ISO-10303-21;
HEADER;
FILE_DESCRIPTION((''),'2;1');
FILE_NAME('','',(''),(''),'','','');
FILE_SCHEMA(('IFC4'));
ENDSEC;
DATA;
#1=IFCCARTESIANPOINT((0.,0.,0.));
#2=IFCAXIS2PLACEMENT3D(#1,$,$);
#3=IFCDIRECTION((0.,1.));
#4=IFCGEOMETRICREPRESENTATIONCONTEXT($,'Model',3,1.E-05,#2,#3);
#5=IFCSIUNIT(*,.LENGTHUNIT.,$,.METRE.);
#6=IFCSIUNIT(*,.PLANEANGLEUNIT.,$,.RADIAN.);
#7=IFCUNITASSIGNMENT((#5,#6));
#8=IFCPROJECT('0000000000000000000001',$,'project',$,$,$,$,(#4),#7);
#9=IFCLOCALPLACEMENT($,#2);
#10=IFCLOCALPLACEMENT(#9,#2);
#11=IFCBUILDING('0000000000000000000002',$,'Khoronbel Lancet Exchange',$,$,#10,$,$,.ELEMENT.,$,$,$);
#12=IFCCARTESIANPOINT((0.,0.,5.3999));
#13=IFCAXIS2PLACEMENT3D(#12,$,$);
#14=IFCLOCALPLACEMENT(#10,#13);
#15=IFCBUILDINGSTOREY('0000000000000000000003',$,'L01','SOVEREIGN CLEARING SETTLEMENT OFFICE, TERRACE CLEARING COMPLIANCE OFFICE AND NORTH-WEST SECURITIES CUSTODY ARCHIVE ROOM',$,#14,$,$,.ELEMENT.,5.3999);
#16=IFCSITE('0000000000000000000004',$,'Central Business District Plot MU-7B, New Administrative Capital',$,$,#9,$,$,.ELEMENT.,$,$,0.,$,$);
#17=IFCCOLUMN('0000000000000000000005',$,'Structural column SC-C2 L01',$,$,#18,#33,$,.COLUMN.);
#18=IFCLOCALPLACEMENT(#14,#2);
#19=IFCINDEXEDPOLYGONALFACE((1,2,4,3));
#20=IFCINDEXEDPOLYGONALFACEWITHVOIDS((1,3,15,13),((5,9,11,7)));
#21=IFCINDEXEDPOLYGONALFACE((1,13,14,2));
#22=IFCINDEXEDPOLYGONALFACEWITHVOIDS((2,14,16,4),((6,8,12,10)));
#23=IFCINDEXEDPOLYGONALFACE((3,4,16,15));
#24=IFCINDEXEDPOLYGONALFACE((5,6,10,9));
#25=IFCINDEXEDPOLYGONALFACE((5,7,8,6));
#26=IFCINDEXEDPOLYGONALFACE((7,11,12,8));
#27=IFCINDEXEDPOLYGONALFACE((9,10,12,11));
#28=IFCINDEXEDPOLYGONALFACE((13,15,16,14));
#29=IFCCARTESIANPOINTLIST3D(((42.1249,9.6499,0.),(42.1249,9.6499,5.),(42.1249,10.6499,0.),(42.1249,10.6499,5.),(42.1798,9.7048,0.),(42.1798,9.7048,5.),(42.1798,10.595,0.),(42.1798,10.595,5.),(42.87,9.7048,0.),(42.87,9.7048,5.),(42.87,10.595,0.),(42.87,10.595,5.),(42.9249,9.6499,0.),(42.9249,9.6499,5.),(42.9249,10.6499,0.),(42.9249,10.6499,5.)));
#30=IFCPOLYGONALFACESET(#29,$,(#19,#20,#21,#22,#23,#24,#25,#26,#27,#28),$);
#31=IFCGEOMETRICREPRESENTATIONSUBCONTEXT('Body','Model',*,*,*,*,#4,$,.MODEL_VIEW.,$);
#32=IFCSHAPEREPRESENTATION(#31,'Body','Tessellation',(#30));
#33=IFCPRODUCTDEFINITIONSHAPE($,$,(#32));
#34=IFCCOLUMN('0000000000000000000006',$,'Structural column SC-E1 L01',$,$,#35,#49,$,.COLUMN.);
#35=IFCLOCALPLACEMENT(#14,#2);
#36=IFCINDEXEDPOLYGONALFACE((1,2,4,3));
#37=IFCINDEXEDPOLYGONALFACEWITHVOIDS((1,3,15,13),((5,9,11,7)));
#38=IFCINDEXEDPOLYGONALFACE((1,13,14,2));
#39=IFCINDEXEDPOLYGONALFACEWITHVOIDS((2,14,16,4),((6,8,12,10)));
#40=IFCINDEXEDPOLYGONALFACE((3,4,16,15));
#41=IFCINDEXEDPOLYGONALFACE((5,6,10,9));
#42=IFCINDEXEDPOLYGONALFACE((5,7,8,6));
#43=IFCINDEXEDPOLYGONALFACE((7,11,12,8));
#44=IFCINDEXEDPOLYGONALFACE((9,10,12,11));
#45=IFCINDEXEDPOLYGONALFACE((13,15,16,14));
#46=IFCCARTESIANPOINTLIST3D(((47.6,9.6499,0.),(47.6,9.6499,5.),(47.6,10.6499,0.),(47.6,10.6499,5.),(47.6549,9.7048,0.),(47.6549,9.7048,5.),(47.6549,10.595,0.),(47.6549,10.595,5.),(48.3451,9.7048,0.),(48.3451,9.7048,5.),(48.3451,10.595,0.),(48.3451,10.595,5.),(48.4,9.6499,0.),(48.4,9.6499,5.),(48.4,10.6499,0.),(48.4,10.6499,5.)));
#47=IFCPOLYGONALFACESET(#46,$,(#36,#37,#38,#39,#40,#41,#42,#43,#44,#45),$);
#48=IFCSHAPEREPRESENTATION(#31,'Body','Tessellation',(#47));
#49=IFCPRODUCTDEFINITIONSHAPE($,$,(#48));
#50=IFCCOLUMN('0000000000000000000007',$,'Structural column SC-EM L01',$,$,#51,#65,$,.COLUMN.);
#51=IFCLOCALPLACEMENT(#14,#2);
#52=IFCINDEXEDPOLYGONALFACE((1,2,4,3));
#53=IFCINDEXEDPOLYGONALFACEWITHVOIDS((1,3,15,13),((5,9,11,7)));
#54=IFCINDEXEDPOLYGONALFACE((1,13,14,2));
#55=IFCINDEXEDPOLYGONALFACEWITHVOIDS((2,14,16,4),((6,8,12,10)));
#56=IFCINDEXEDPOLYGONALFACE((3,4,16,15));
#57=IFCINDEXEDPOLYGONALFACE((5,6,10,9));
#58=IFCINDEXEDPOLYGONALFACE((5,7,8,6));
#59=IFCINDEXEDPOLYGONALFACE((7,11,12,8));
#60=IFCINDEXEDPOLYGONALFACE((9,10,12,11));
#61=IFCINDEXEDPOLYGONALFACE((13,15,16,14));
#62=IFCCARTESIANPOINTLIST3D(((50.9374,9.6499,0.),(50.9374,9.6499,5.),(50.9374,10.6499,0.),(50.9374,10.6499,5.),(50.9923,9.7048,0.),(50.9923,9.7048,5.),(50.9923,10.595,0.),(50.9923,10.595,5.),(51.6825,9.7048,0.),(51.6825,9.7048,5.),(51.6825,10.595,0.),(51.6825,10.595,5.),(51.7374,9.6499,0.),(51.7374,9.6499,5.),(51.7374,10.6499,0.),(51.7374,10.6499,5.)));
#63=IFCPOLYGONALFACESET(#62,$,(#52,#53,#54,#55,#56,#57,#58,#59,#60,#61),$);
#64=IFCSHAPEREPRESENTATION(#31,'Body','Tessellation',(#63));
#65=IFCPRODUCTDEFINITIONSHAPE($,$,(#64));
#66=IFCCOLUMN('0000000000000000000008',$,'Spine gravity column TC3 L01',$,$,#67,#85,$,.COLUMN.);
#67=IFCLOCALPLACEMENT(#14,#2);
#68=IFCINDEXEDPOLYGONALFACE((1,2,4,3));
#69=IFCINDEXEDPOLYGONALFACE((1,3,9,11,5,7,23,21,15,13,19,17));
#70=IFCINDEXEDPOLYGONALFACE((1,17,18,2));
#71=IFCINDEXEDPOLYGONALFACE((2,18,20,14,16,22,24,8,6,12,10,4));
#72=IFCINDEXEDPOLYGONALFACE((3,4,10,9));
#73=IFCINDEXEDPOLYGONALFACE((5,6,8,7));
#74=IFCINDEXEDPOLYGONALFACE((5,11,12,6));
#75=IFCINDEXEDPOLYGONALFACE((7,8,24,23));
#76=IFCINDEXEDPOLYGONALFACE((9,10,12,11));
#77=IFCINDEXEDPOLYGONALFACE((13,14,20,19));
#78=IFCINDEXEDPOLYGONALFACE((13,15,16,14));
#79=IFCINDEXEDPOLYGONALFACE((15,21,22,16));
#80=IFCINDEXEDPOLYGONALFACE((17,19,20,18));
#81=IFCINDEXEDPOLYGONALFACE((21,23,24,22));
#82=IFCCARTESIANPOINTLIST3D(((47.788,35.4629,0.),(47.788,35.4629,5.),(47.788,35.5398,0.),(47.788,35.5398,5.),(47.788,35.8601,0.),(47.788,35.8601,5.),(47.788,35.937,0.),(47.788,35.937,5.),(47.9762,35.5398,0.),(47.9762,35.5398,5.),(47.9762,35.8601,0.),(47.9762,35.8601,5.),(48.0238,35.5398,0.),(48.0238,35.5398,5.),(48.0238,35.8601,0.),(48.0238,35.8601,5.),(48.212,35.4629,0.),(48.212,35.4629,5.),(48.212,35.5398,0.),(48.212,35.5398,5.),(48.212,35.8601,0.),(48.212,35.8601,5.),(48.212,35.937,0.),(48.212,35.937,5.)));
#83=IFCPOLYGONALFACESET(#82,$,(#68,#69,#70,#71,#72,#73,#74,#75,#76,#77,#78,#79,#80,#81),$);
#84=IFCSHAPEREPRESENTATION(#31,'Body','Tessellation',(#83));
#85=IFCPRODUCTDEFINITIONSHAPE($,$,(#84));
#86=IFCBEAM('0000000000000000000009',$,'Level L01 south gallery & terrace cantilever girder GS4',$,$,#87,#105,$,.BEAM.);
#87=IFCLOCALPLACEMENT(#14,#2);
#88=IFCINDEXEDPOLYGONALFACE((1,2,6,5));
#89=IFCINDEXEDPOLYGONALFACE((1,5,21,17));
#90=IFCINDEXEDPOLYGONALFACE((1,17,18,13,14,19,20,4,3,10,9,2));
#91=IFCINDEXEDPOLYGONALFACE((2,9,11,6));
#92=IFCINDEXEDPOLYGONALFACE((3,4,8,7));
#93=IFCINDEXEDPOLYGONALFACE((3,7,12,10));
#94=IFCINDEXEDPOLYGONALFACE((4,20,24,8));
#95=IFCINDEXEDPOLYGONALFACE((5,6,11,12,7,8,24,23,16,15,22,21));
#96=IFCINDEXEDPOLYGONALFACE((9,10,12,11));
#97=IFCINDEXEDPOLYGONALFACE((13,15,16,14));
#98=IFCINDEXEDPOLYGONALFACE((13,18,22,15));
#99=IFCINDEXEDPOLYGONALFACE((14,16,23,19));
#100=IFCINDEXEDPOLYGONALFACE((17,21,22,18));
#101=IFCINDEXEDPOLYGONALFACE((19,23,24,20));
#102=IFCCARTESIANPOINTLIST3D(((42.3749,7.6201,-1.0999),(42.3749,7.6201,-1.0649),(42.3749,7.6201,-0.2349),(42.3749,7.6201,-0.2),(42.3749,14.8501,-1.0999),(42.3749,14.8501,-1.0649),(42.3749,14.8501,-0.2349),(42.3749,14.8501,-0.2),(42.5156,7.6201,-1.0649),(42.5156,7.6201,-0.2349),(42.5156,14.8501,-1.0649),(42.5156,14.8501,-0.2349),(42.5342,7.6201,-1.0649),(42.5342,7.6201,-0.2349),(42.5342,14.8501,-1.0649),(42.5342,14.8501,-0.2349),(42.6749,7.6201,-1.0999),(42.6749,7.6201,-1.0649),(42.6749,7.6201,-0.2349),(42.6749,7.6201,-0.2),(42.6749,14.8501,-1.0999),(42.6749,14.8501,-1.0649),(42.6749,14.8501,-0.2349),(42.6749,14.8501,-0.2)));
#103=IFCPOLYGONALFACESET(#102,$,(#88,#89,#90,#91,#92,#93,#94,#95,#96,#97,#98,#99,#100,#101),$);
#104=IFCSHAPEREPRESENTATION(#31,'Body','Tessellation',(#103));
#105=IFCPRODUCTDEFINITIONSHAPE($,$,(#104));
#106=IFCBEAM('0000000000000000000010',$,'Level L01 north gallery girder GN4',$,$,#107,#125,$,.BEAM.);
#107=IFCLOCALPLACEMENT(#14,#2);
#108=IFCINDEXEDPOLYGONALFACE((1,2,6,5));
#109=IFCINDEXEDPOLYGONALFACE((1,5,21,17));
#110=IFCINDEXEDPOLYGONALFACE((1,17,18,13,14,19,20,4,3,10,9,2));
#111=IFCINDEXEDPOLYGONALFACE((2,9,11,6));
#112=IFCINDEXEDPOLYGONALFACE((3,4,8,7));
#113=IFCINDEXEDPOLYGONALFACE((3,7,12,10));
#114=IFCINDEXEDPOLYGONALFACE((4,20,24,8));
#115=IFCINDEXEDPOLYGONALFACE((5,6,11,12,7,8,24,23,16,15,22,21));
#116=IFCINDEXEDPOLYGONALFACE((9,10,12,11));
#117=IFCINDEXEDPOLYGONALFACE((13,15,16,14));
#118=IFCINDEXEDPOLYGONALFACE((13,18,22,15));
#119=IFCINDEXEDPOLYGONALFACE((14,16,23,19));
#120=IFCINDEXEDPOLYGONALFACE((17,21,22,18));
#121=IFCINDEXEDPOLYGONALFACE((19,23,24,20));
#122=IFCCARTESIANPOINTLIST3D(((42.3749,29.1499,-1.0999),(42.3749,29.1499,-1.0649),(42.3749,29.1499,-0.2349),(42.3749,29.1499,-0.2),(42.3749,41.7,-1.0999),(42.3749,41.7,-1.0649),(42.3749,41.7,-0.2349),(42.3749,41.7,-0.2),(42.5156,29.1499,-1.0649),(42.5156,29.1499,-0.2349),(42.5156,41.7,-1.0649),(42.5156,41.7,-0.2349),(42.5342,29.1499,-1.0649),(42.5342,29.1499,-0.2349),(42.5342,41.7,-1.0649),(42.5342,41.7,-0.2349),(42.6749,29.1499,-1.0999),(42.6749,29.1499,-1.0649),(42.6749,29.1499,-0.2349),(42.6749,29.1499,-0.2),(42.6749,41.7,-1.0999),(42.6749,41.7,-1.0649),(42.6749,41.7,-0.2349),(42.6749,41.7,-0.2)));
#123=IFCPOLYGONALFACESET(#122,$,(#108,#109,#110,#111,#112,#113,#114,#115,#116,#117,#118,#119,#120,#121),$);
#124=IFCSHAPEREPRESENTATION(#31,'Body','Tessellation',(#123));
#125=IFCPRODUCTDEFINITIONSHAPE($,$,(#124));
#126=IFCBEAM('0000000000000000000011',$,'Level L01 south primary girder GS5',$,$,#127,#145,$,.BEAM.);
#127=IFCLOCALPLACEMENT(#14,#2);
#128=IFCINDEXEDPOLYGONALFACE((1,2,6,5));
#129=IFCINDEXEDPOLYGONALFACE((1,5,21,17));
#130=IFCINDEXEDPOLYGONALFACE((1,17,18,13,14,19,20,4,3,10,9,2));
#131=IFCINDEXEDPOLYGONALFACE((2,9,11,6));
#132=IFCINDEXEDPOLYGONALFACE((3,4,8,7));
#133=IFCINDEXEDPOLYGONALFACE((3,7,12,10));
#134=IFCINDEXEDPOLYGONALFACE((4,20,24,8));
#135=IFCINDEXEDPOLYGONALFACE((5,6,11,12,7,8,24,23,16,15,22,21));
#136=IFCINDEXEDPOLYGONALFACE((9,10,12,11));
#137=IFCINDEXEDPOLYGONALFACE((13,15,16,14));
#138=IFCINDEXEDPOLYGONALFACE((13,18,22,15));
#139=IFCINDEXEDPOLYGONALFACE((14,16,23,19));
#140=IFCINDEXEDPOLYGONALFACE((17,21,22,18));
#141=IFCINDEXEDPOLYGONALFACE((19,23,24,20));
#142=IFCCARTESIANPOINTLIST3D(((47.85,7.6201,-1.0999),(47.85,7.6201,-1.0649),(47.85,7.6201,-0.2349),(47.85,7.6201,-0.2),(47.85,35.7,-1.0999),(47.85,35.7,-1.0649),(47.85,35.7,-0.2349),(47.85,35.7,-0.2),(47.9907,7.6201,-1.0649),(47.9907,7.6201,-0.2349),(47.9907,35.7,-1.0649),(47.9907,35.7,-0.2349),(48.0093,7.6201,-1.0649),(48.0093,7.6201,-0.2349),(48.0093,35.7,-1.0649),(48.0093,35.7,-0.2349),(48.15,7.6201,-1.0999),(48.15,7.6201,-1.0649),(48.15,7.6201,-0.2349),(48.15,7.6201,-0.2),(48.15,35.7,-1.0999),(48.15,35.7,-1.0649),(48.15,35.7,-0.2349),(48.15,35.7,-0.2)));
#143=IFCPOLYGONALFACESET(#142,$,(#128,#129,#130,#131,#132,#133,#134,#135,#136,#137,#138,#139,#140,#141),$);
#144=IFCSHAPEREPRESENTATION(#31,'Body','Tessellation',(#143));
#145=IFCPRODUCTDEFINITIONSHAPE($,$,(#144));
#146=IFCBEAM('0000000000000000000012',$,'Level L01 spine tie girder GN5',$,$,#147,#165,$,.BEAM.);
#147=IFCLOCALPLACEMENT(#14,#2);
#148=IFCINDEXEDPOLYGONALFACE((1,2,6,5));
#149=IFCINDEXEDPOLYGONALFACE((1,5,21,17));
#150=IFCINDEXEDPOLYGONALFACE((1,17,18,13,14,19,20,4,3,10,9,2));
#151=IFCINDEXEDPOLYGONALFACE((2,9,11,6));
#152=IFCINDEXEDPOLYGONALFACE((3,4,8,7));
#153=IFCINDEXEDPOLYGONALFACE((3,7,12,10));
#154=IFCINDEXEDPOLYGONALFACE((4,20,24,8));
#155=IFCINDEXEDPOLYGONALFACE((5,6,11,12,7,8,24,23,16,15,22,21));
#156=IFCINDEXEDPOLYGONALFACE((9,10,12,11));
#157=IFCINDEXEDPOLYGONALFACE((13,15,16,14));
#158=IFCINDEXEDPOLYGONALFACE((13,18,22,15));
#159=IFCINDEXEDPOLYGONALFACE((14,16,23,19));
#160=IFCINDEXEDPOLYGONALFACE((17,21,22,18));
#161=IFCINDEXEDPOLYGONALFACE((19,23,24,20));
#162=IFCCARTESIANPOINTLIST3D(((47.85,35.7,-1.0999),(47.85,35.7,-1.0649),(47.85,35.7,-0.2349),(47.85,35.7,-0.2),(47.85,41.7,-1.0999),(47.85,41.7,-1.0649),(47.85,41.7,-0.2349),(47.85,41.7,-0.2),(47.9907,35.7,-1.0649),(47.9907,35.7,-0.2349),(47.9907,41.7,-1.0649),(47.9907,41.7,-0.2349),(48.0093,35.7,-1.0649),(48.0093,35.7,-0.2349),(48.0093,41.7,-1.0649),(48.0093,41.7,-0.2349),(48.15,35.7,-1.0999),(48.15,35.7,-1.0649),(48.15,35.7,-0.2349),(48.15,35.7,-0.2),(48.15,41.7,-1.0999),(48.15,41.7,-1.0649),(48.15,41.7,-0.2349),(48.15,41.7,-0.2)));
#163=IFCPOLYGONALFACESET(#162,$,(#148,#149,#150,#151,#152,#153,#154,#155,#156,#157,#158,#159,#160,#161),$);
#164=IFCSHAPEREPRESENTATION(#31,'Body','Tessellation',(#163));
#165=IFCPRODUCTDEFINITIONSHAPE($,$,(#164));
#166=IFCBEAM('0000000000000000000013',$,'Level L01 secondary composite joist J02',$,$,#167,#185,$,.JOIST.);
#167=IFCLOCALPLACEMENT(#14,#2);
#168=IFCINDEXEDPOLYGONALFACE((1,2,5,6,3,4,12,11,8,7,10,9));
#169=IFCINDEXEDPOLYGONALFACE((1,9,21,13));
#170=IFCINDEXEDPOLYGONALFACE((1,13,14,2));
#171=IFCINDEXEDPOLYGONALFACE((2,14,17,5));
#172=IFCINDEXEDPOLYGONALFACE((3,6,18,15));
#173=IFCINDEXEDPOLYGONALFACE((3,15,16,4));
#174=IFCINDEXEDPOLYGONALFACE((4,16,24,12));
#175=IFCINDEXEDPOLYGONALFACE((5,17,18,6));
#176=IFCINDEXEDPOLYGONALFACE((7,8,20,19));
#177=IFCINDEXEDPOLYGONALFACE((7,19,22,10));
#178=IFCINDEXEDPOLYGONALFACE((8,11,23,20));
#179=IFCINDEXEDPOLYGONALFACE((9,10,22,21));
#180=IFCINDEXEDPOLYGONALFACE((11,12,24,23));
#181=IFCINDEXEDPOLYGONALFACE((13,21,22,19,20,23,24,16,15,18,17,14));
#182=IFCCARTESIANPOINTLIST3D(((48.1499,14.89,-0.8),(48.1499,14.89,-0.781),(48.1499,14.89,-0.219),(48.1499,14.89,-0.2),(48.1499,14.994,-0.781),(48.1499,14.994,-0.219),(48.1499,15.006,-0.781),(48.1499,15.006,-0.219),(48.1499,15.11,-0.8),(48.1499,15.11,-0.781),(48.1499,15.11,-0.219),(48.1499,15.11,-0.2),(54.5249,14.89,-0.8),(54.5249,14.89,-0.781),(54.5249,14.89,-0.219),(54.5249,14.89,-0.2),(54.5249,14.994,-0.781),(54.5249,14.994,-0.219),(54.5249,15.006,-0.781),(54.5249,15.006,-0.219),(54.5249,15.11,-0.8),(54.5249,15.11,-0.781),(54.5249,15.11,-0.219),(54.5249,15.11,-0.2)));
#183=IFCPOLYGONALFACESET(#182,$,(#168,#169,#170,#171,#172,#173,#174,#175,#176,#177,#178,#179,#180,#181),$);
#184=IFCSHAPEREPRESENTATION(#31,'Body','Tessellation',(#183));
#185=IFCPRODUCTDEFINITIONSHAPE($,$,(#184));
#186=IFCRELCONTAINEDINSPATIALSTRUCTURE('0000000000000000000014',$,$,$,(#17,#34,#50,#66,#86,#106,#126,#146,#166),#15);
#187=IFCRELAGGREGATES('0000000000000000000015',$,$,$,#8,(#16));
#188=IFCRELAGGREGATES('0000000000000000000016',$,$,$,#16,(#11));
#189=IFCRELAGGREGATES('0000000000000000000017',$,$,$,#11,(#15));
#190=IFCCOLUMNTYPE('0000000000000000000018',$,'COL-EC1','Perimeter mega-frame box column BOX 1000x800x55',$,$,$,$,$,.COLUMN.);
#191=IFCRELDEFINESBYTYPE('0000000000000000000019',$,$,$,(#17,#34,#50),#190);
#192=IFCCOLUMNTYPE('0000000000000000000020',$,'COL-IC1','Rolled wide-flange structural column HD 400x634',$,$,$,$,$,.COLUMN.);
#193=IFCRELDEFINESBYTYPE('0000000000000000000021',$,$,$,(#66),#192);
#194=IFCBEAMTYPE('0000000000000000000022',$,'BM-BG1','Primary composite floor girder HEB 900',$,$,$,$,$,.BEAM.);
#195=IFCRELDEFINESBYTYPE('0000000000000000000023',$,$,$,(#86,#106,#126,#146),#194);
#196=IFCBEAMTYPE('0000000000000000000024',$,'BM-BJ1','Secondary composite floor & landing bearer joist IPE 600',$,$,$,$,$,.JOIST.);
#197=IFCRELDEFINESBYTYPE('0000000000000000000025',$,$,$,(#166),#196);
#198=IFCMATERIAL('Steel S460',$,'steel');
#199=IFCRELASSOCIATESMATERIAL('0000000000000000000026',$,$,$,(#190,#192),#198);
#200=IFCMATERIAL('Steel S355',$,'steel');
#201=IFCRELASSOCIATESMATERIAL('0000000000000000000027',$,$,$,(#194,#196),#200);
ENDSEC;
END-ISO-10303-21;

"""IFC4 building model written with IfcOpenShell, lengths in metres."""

from ifc_helpers import new_model, si_unit, direction, frame, origin, origin_2d, place, context, subcontext, project, spatial, hollow_rectangle, i_section, extrude, material, material_profile, profile_set, type_object, element, save


model = new_model("IFC4")

# Units and contexts
model_context = context("Model", 3, precision=1e-05, world=origin(), true_north=direction((0.0, 1.0)))
body_context = subcontext(model_context, "Body", "Model", "MODEL_VIEW")
ifc_project = project(units=[si_unit("LENGTHUNIT", "METRE"), si_unit("PLANEANGLEUNIT", "RADIAN")], contexts=[model_context])

# Site, building, storey
site_placement = place(None, origin())
site = spatial("IfcSite", under=ifc_project, at=site_placement, Name="Central Business District Plot MU-7B, New Administrative Capital", CompositionType="ELEMENT", RefElevation=0.0)
building_placement = place(site_placement, origin())
building = spatial("IfcBuilding", under=site, at=building_placement, Name="Khoronbel Lancet Exchange", CompositionType="ELEMENT")
storey_placement = place(building_placement, frame((0.0, 0.0, 5.3999)))
storey = spatial("IfcBuildingStorey", under=building, at=storey_placement, Name="L01", Description="SOVEREIGN CLEARING SETTLEMENT OFFICE, TERRACE CLEARING COMPLIANCE OFFICE AND NORTH-WEST SECURITIES CUSTODY ARCHIVE ROOM", CompositionType="ELEMENT", Elevation=5.3999)

# Columns
ifc_material_1 = material(Name="Steel S460", Category="steel")
ifc_material_profile_1 = material_profile(ifc_material_1, hollow_rectangle(XDim=0.8, YDim=1.0, WallThickness=0.0549, at=origin_2d()), Name="BOX 1000x800x55")
ifc_profile_set_1 = profile_set([ifc_material_profile_1], Name="Steel S460")
column_type_1 = type_object("IfcColumnType", Name="COL-EC1", Description="Perimeter mega-frame box column BOX 1000x800x55", PredefinedType="COLUMN", material=ifc_profile_set_1)
for number, where, z_axis, x_axis, name in (
    (1, (42.5249, 10.1499, 0.0), (0.0, 0.0, 1.0), (1.0, 0.0, 0.0), "Structural column SC-C2 L01"),
    (2, (48.0, 10.1499, 0.0), (0.0, 0.0, 1.0), (1.0, 0.0, 0.0), "Structural column SC-E1 L01"),
    (3, (51.3374, 10.1499, 0.0), (0.0, 0.0, 1.0), (1.0, 0.0, 0.0), "Structural column SC-EM L01"),
):
    element("IfcColumn", number, at=place(storey_placement, frame(where, z_axis=z_axis, x_axis=x_axis)), inside=storey, type_object=column_type_1, Name=name, PredefinedType="COLUMN", context=body_context, shape_type="SweptSolid", body=[
        extrude(hollow_rectangle(XDim=0.8, YDim=1.0, WallThickness=0.0549, at=origin_2d()), origin(), (0.0, 0.0, 1.0), 5.0),
    ])
ifc_material_profile_2 = material_profile(ifc_material_1, i_section(OverallWidth=0.4241, OverallDepth=0.4741, WebThickness=0.0476, FlangeThickness=0.0769, at=origin_2d()), Name="HD 400x634")
ifc_profile_set_2 = profile_set([ifc_material_profile_2], Name="Steel S460")
column_type_2 = type_object("IfcColumnType", Name="COL-IC1", Description="Rolled wide-flange structural column HD 400x634", PredefinedType="COLUMN", material=ifc_profile_set_2)
column_placement = place(storey_placement, frame((48.0, 35.7, 0.0), z_axis=(0.0, 0.0, 1.0), x_axis=(1.0, 0.0, 0.0)))
element("IfcColumn", 4, at=column_placement, inside=storey, type_object=column_type_2, Name="Spine gravity column TC3 L01", PredefinedType="COLUMN", context=body_context, shape_type="SweptSolid", body=[
    extrude(i_section(OverallWidth=0.4241, OverallDepth=0.4741, WebThickness=0.0476, FlangeThickness=0.0769, at=origin_2d()), origin(), (0.0, 0.0, 1.0), 5.0),
])

# Beams
ifc_material_2 = material(Name="Steel S355", Category="steel")
ifc_material_profile_3 = material_profile(ifc_material_2, i_section(OverallWidth=0.3, OverallDepth=0.8999, WebThickness=0.0186, FlangeThickness=0.0349, at=origin_2d()), Name="HEB 900")
ifc_profile_set_3 = profile_set([ifc_material_profile_3], Name="Steel S355")
beam_type_1 = type_object("IfcBeamType", Name="BM-BG1", Description="Primary composite floor girder HEB 900", PredefinedType="BEAM", material=ifc_profile_set_3)
beam_1_placement = place(storey_placement, frame((42.5249, 7.6201, -0.6499), z_axis=(0.0, 1.0, 0.0), x_axis=(-1.0, 0.0, 0.0)))
element("IfcBeam", 5, at=beam_1_placement, inside=storey, type_object=beam_type_1, Name="Level L01 south gallery & terrace cantilever girder GS4", PredefinedType="BEAM", context=body_context, shape_type="SweptSolid", body=[
    extrude(i_section(OverallWidth=0.3, OverallDepth=0.8999, WebThickness=0.0186, FlangeThickness=0.0349, at=origin_2d()), origin(), (0.0, 0.0, 1.0), 7.23),
])
beam_2_placement = place(storey_placement, frame((42.5249, 29.1499, -0.6499), z_axis=(0.0, 1.0, 0.0), x_axis=(-1.0, 0.0, 0.0)))
element("IfcBeam", 6, at=beam_2_placement, inside=storey, type_object=beam_type_1, Name="Level L01 north gallery girder GN4", PredefinedType="BEAM", context=body_context, shape_type="SweptSolid", body=[
    extrude(i_section(OverallWidth=0.3, OverallDepth=0.8999, WebThickness=0.0186, FlangeThickness=0.0349, at=origin_2d()), origin(), (0.0, 0.0, 1.0), 12.55),
])
beam_3_placement = place(storey_placement, frame((48.0, 7.6201, -0.6499), z_axis=(0.0, 1.0, 0.0), x_axis=(-1.0, 0.0, 0.0)))
element("IfcBeam", 7, at=beam_3_placement, inside=storey, type_object=beam_type_1, Name="Level L01 south primary girder GS5", PredefinedType="BEAM", context=body_context, shape_type="SweptSolid", body=[
    extrude(i_section(OverallWidth=0.3, OverallDepth=0.8999, WebThickness=0.0186, FlangeThickness=0.0349, at=origin_2d()), origin(), (0.0, 0.0, 1.0), 28.0798),
])
beam_4_placement = place(storey_placement, frame((48.0, 35.7, -0.6499), z_axis=(0.0, 1.0, 0.0), x_axis=(-1.0, 0.0, 0.0)))
element("IfcBeam", 8, at=beam_4_placement, inside=storey, type_object=beam_type_1, Name="Level L01 spine tie girder GN5", PredefinedType="BEAM", context=body_context, shape_type="SweptSolid", body=[
    extrude(i_section(OverallWidth=0.3, OverallDepth=0.8999, WebThickness=0.0186, FlangeThickness=0.0349, at=origin_2d()), origin(), (0.0, 0.0, 1.0), 6.0),
])
ifc_material_profile_4 = material_profile(ifc_material_2, i_section(OverallWidth=0.22, OverallDepth=0.6001, WebThickness=0.012, FlangeThickness=0.019, at=origin_2d()), Name="IPE 600")
ifc_profile_set_4 = profile_set([ifc_material_profile_4], Name="Steel S355")
beam_type_2 = type_object("IfcBeamType", Name="BM-BJ1", Description="Secondary composite floor & landing bearer joist IPE 600", PredefinedType="JOIST", material=ifc_profile_set_4)
for number, where, z_axis, x_axis, name in (
    (9, (48.1499, 15.0, -0.5), (1.0, 0.0, 0.0), (0.0, 1.0, 0.0), "Level L01 secondary composite joist J02"),
):
    element("IfcBeam", number, at=place(storey_placement, frame(where, z_axis=z_axis, x_axis=x_axis)), inside=storey, type_object=beam_type_2, Name=name, PredefinedType="JOIST", context=body_context, shape_type="SweptSolid", body=[
        extrude(i_section(OverallWidth=0.22, OverallDepth=0.6001, WebThickness=0.012, FlangeThickness=0.019, at=origin_2d()), origin(), (0.0, 0.0, 1.0), 6.375),
    ])

save(model, "model.ifc")
